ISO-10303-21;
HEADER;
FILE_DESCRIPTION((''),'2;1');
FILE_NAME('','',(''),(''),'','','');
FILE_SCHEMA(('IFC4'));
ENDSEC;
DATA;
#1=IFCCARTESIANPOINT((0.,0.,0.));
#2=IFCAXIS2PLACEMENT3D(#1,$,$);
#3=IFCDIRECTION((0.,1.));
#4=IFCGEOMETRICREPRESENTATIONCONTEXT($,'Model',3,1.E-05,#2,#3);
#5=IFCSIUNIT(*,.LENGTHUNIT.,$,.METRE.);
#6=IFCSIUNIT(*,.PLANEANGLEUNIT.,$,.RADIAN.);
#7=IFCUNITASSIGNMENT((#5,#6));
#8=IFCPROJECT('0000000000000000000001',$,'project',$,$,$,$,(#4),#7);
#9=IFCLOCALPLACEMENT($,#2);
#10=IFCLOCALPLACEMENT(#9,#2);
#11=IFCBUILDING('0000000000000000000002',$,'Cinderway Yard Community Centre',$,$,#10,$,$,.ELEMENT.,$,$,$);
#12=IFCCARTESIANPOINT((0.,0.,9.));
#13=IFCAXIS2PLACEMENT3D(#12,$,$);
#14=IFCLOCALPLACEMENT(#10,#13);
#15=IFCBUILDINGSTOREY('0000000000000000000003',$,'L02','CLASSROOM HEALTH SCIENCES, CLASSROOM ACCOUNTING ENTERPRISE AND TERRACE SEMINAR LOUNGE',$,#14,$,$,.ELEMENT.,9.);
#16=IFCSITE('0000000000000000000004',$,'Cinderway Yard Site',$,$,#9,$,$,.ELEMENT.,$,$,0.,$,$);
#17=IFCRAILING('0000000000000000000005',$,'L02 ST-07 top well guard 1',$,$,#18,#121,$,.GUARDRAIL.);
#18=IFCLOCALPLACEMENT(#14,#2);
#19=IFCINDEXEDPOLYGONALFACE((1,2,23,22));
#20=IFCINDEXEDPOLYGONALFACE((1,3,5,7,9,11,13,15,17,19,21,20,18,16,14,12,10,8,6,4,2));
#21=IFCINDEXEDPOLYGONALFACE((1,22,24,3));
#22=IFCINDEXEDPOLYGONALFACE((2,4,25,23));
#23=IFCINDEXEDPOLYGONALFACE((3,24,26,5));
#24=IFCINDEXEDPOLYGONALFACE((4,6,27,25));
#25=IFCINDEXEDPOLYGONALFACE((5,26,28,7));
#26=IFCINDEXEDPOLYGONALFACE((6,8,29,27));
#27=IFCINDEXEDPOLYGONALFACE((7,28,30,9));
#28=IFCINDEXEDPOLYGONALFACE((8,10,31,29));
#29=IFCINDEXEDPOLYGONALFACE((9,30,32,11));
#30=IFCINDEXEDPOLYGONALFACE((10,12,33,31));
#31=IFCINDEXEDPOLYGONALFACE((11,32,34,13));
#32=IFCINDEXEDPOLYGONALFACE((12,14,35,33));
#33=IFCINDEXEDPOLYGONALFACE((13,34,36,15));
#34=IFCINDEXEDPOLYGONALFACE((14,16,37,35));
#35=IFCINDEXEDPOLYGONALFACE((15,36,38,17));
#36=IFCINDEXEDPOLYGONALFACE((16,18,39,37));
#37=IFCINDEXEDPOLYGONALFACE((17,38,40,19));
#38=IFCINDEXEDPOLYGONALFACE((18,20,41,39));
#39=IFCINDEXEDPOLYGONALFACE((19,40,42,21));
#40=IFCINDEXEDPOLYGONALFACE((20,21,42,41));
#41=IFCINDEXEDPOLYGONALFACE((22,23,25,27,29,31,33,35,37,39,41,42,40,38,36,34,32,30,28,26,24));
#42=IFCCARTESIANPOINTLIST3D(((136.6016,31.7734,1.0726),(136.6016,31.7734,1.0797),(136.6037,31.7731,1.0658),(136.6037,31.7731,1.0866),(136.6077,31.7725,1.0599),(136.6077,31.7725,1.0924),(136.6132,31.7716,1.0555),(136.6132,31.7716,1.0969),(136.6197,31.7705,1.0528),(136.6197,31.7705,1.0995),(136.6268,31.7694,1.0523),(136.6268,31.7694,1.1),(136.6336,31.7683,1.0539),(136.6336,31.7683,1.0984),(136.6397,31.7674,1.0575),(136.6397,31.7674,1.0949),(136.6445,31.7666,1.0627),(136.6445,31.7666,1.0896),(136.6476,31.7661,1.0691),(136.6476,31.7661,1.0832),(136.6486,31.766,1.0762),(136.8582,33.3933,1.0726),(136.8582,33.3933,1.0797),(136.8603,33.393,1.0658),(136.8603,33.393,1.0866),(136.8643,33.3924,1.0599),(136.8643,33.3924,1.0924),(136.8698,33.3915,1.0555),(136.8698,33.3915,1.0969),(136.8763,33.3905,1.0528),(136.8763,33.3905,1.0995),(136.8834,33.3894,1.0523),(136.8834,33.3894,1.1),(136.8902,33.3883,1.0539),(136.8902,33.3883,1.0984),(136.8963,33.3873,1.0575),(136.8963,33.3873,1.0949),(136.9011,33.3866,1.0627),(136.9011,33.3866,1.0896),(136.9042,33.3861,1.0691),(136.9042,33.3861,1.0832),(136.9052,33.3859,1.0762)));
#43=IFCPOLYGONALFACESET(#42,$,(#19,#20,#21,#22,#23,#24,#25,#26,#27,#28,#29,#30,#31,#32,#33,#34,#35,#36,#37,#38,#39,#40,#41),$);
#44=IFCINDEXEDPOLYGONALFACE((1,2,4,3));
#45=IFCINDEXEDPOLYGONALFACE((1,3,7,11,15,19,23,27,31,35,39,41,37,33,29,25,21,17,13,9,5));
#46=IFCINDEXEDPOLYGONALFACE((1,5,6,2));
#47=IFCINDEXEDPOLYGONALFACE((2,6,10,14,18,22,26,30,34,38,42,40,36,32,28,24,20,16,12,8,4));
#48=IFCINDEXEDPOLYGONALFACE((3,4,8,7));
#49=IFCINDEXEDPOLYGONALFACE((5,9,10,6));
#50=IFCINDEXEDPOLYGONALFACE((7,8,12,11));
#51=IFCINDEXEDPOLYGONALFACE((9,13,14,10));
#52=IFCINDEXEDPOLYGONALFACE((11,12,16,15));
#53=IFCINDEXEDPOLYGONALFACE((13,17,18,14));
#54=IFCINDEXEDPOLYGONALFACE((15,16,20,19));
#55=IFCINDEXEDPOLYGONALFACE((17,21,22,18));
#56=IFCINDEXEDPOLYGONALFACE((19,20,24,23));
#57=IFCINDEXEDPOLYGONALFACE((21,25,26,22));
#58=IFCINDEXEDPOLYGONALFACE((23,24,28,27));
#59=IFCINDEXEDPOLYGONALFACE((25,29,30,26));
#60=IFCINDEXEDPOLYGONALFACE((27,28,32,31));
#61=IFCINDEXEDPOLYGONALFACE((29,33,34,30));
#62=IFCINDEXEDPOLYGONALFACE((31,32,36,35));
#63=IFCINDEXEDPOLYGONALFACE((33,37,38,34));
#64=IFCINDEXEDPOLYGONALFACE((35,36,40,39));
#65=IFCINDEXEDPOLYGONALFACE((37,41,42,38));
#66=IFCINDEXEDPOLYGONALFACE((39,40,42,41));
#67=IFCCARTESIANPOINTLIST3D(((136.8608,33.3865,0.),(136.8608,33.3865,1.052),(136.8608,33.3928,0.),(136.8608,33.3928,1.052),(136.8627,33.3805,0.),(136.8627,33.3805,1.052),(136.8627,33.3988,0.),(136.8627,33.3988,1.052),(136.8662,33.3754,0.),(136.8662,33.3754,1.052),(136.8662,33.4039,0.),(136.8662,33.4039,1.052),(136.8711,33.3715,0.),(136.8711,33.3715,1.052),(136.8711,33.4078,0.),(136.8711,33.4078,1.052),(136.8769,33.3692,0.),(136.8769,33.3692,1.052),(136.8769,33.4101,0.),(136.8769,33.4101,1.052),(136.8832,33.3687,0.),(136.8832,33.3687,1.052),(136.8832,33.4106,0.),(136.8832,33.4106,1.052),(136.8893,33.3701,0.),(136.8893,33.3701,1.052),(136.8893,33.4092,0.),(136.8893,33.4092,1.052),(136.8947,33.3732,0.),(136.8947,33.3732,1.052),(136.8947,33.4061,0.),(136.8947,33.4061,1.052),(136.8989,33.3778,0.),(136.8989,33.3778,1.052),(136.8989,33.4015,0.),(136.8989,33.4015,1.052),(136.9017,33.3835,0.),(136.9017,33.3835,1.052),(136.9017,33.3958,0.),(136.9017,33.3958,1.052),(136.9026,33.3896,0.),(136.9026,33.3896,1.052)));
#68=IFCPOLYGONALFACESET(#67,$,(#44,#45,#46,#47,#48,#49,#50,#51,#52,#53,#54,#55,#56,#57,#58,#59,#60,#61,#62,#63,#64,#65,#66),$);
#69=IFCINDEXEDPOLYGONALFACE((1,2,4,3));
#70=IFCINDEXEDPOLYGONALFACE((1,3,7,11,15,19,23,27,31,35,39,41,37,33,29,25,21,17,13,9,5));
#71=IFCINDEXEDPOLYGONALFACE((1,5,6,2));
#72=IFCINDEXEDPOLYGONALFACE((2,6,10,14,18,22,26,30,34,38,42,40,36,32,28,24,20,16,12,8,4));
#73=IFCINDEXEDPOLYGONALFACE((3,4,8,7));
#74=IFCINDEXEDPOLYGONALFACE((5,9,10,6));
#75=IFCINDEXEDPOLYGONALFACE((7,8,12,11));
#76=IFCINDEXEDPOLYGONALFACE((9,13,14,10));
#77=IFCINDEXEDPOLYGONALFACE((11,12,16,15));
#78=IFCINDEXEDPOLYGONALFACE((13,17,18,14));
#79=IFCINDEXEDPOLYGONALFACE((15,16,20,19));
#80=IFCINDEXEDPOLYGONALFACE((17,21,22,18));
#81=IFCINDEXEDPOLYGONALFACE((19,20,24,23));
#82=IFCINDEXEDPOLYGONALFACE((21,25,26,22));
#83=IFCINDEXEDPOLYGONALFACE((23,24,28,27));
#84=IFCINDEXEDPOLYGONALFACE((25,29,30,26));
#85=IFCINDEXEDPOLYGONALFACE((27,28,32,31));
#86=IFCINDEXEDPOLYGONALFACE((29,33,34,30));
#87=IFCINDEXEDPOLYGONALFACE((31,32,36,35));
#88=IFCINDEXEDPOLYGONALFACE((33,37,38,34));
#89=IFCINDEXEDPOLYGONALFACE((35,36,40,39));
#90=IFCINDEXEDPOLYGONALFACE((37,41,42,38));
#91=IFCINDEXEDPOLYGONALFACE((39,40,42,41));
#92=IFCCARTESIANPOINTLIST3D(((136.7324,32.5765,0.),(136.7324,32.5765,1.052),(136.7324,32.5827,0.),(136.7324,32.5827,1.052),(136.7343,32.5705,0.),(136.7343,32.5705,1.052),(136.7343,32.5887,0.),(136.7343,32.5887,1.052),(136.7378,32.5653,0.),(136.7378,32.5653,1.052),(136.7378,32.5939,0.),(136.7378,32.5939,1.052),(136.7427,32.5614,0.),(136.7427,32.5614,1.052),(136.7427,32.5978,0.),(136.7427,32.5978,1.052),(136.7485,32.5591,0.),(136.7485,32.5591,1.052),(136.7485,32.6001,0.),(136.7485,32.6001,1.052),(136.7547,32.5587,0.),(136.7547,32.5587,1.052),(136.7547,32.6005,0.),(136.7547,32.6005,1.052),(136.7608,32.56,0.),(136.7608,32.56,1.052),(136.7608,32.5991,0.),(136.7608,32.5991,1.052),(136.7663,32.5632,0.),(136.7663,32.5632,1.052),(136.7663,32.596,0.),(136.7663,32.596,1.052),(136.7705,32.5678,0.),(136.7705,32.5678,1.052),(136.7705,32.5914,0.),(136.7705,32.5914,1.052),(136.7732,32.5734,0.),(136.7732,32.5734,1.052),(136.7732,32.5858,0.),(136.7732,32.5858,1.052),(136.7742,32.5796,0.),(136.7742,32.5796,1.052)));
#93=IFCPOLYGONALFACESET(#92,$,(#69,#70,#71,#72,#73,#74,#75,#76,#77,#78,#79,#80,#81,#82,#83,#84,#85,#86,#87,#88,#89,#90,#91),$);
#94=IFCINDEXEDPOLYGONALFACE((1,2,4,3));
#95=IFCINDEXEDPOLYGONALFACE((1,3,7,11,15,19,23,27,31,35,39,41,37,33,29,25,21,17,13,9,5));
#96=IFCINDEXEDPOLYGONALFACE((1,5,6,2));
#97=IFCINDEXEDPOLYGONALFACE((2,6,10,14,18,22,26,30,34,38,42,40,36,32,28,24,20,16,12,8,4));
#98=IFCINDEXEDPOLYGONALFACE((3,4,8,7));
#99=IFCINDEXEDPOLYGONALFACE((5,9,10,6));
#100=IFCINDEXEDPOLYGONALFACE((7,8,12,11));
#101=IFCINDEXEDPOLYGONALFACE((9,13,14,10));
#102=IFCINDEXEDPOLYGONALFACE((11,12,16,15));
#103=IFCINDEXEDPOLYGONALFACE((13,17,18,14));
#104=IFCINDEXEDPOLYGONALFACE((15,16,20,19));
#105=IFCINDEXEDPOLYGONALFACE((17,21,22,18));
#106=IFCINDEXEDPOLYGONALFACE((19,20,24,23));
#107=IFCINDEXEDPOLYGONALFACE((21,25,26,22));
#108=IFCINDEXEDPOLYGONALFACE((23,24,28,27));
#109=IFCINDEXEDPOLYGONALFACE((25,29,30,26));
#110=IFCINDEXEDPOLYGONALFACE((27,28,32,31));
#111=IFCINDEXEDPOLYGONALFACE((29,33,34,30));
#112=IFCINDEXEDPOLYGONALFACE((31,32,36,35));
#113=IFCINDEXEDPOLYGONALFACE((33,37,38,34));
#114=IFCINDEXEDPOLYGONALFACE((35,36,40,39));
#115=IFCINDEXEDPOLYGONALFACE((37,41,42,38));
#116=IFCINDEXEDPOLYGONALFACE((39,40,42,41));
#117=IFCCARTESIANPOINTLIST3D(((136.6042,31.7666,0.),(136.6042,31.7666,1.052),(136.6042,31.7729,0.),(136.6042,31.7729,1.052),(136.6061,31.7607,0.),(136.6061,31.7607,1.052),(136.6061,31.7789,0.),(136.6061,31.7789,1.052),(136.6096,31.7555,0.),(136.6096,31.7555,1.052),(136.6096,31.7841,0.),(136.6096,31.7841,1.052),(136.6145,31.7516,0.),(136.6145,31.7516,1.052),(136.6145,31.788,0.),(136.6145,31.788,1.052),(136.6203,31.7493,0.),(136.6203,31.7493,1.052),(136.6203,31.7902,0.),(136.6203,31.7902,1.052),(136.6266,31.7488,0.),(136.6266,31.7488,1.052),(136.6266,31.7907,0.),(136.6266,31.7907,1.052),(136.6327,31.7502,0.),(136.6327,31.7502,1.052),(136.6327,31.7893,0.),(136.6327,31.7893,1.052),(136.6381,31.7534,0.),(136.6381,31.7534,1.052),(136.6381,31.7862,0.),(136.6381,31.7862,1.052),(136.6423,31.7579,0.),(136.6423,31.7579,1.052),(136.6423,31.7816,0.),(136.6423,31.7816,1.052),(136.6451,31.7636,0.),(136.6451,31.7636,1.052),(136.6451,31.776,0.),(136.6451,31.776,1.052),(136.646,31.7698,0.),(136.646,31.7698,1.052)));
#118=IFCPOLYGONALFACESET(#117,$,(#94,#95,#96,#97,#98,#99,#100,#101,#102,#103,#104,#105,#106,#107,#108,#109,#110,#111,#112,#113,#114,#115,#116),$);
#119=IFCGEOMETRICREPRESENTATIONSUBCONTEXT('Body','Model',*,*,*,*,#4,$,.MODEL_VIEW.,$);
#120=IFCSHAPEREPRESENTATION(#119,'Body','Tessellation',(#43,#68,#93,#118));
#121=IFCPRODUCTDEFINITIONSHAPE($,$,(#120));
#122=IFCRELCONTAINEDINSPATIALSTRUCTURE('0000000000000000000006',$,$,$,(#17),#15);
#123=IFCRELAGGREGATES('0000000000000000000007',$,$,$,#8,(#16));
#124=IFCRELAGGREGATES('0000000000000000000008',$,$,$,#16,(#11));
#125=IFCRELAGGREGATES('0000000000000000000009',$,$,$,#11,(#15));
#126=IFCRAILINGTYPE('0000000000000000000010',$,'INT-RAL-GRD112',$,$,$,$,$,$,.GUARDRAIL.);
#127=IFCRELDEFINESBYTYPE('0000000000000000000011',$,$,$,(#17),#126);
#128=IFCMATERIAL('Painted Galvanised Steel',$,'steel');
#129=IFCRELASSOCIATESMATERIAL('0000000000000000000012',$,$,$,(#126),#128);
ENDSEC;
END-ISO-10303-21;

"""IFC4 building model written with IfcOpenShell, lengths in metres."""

from ifc_helpers import new_model, si_unit, direction, frame, origin, origin_2d, place, context, subcontext, project, spatial, circle, extrude, material, type_object, element, save


model = new_model("IFC4")

# Units and contexts
model_context = context("Model", 3, precision=1e-05, world=origin(), true_north=direction((0.0, 1.0)))
body_context = subcontext(model_context, "Body", "Model", "MODEL_VIEW")
ifc_project = project(units=[si_unit("LENGTHUNIT", "METRE"), si_unit("PLANEANGLEUNIT", "RADIAN")], contexts=[model_context])

# Site, building, storey
site_placement = place(None, origin())
site = spatial("IfcSite", under=ifc_project, at=site_placement, Name="Cinderway Yard Site", CompositionType="ELEMENT", RefElevation=0.0)
building_placement = place(site_placement, origin())
building = spatial("IfcBuilding", under=site, at=building_placement, Name="Cinderway Yard Community Centre", CompositionType="ELEMENT")
storey_placement = place(building_placement, frame((0.0, 0.0, 9.0)))
storey = spatial("IfcBuildingStorey", under=building, at=storey_placement, Name="L02", Description="CLASSROOM HEALTH SCIENCES, CLASSROOM ACCOUNTING ENTERPRISE AND TERRACE SEMINAR LOUNGE", CompositionType="ELEMENT", Elevation=9.0)

# Shared definitions
ifc_material_1 = material(Name="Painted Galvanised Steel", Category="steel")

# Railing
railing_type = type_object("IfcRailingType", Name="INT-RAL-GRD112", PredefinedType="GUARDRAIL", material=ifc_material_1)
railing_1_placement = place(storey_placement, frame((136.8816, 33.3896, 0.0)))
element("IfcRailing", 1, at=railing_1_placement, inside=storey, type_object=railing_type, Name="L02 ST-07 top well guard 1", PredefinedType="GUARDRAIL", context=body_context, shape_type="SweptSolid", body=[
    extrude(circle(Radius=0.0239, at=origin_2d()), frame((0.0, 0.0, 1.0762), z_axis=(-0.156452, -0.987686, 0.0), x_axis=(0.987686, -0.156452, 0.0)), (0.0, 0.0, 1.0), 1.6401),
    extrude(circle(Radius=0.021, at=origin_2d()), origin(), (0.0, 0.0, 1.0), 1.052),
    extrude(circle(Radius=0.021, at=origin_2d()), frame((-0.1284, -0.8101, 0.0)), (0.0, 0.0, 1.0), 1.052),
    extrude(circle(Radius=0.021, at=origin_2d()), frame((-0.2566, -1.6199, 0.0)), (0.0, 0.0, 1.0), 1.052),
])

save(model, "model.ifc")
